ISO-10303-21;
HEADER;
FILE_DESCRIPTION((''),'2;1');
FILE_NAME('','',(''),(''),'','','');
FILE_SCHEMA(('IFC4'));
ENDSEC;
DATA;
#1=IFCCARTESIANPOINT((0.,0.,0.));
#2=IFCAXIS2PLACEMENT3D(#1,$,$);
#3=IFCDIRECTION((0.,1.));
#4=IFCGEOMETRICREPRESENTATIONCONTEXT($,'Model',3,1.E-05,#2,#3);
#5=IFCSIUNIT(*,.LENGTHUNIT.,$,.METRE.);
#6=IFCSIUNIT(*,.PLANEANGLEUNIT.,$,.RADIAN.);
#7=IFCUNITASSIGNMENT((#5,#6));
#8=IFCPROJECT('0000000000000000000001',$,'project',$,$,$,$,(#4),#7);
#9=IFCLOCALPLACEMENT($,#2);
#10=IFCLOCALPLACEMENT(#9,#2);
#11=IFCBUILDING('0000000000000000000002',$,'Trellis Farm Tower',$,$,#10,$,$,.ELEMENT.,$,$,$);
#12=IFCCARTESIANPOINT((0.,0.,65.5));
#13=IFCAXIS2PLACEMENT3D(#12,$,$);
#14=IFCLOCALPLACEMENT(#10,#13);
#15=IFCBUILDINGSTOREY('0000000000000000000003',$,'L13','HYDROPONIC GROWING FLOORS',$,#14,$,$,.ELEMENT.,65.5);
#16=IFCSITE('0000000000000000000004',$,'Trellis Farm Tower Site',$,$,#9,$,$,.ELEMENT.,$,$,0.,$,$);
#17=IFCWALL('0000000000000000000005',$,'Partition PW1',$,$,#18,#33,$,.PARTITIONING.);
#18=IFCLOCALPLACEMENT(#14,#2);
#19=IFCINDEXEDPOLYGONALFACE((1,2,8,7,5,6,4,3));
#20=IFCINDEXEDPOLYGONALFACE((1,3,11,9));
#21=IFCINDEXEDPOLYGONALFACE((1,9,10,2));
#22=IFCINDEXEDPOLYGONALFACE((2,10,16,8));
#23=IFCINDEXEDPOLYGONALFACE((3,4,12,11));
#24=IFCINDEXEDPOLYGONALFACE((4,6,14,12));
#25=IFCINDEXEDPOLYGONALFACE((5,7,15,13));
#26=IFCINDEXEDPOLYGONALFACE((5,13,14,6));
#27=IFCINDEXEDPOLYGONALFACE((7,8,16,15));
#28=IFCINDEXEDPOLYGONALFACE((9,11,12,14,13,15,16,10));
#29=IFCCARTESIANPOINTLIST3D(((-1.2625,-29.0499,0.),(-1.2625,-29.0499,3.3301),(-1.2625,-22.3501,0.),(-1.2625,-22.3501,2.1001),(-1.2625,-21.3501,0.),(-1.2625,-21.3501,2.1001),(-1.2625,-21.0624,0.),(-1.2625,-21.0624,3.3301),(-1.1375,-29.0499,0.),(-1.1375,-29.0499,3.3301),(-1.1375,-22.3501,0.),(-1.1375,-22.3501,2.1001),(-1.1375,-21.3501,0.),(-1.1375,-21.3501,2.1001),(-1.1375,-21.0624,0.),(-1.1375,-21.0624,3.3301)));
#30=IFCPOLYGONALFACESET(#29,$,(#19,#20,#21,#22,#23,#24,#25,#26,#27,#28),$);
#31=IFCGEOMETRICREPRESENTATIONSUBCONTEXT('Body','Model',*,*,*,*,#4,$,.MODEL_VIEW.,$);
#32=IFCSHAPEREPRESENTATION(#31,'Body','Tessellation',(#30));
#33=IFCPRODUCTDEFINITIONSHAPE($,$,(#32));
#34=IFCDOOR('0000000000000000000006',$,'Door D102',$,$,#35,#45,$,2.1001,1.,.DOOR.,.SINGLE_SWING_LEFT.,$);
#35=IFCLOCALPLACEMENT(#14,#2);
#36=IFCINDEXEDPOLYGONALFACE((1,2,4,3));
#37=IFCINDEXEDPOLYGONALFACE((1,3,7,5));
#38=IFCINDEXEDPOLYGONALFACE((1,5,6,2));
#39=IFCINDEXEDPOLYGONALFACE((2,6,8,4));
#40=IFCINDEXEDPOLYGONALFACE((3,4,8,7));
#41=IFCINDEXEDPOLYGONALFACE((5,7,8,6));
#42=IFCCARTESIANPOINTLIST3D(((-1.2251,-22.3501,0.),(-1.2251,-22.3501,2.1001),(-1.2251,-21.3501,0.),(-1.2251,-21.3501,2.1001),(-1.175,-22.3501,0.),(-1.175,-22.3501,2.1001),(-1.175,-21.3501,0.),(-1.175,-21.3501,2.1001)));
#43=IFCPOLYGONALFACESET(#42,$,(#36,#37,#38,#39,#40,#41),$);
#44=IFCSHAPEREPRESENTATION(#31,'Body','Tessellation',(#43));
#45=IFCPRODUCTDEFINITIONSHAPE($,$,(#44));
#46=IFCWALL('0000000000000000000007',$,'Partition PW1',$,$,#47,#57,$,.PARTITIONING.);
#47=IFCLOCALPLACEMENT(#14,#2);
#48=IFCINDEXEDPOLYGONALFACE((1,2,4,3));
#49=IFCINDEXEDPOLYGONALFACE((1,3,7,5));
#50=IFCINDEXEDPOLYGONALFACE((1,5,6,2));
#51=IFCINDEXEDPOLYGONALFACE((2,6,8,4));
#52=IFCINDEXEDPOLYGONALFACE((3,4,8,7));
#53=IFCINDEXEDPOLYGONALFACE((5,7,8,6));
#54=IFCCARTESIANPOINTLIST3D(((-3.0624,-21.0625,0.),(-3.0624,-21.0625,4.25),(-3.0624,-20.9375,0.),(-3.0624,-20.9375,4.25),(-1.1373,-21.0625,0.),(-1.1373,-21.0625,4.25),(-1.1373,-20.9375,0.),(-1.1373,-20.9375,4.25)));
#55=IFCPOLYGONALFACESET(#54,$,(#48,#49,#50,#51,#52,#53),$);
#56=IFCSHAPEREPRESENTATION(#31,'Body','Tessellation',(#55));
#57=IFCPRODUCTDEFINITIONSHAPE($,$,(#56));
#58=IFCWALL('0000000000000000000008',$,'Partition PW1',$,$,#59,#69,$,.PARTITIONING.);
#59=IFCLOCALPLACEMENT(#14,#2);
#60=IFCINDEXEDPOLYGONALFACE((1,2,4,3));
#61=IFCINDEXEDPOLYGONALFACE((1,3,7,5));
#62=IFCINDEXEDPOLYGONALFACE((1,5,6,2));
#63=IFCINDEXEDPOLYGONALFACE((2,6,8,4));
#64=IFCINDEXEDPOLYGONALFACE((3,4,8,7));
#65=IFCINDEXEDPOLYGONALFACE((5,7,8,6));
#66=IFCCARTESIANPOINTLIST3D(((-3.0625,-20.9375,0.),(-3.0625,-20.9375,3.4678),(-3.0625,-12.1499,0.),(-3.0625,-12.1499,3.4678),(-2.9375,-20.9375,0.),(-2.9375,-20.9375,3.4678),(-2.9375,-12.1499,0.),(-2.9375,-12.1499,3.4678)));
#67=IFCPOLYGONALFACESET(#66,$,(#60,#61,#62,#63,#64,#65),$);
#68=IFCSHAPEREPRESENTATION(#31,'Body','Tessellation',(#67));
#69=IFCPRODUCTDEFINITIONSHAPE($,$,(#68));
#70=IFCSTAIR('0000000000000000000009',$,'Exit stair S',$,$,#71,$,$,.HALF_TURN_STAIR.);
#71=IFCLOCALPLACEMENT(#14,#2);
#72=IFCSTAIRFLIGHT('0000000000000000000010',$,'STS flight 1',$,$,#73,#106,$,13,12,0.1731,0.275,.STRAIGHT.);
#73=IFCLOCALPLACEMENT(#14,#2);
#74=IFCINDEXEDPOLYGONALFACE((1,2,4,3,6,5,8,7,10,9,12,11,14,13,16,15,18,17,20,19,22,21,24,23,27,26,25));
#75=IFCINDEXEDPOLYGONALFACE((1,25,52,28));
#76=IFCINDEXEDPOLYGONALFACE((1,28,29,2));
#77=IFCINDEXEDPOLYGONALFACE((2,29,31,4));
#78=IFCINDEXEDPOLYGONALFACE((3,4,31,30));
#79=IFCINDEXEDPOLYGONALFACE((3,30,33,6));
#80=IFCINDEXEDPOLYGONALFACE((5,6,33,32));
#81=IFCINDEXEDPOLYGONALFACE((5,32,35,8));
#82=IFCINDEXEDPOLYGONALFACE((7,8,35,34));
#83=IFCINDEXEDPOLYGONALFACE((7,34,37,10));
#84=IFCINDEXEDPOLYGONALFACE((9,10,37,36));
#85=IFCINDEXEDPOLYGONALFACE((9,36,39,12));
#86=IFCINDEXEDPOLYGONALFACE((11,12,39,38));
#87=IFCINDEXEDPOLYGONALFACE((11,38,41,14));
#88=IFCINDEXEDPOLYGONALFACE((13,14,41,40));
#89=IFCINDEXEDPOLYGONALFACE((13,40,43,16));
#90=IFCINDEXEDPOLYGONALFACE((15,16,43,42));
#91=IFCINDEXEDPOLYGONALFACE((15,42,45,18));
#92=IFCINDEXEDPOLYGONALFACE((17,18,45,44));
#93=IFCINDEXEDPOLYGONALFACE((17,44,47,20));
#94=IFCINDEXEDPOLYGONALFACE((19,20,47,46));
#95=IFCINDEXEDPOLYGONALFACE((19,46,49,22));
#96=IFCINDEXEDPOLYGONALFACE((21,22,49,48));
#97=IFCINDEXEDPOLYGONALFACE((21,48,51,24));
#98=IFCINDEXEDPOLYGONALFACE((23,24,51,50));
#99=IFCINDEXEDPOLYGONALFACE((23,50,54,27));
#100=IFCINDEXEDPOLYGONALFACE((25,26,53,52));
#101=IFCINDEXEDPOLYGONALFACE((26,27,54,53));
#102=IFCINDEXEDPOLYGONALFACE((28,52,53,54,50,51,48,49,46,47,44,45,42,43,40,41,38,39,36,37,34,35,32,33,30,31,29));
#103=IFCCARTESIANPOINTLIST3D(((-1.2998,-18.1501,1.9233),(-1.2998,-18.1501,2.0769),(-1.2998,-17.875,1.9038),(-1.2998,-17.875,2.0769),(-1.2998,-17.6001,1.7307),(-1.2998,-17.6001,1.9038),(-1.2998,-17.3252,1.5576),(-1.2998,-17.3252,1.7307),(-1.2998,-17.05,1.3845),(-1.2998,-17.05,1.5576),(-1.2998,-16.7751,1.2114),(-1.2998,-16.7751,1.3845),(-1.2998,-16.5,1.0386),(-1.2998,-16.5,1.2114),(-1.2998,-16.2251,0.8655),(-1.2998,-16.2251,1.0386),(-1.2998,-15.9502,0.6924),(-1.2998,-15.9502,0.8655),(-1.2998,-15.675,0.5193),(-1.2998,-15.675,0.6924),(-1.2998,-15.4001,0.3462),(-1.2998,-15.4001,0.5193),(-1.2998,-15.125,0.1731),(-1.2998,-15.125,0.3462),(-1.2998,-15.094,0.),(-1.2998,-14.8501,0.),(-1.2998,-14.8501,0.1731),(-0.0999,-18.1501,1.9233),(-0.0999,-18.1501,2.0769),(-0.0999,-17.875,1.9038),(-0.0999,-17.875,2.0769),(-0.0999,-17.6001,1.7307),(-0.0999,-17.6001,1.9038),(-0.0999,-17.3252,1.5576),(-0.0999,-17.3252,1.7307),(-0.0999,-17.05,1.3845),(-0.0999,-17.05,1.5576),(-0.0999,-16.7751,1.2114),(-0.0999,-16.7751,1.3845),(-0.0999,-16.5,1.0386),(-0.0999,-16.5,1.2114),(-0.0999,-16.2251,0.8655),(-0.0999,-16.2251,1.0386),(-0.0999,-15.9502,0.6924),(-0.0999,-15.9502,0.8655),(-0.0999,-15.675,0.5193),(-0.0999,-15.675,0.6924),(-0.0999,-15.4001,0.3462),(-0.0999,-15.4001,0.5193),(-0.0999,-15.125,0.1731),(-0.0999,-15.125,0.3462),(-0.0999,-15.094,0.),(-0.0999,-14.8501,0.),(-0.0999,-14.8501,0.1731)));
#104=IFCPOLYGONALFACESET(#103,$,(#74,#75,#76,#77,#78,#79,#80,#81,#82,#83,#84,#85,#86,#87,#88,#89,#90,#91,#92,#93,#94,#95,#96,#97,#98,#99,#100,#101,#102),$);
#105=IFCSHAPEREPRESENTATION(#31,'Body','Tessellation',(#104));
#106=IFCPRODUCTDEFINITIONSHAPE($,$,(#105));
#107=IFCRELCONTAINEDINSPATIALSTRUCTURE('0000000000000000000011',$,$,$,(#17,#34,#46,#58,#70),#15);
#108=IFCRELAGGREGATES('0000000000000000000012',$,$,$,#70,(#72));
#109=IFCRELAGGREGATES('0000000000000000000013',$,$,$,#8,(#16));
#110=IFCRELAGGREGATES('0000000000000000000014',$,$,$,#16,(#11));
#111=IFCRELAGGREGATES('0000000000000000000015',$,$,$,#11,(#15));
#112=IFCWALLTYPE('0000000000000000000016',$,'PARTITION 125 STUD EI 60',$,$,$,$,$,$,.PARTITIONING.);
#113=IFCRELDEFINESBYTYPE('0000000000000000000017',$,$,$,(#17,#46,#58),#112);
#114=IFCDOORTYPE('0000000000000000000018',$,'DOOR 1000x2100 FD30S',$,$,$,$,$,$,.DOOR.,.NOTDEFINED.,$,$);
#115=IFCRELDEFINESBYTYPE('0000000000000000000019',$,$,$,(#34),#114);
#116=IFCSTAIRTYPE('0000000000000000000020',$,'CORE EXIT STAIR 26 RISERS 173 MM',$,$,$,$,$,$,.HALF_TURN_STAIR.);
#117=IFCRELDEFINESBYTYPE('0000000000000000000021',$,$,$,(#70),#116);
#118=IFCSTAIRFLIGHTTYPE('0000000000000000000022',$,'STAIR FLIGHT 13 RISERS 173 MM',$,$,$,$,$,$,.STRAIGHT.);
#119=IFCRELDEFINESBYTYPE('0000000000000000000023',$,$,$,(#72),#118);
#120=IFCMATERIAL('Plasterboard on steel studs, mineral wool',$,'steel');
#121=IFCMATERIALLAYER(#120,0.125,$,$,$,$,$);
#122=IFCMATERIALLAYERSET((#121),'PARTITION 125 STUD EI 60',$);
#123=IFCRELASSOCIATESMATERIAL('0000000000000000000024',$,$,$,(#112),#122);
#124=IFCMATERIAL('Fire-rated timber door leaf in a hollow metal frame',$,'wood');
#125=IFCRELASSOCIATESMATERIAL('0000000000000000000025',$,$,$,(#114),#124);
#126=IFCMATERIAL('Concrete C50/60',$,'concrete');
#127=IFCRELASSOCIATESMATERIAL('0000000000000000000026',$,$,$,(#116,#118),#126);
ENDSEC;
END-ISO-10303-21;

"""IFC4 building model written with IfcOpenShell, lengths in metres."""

from ifc_helpers import new_model, si_unit, direction, frame, frame_2d, origin, place, context, subcontext, project, spatial, polyline, rectangle, outline, extrude, source, transform, mapped, material, layer, layer_set, type_object, element, fill, aggregate, save


model = new_model("IFC4")

# Units and contexts
model_context = context("Model", 3, precision=1e-05, world=origin(), true_north=direction((0.0, 1.0)))
body_context = subcontext(model_context, "Body", "Model", "MODEL_VIEW")
ifc_project = project(units=[si_unit("LENGTHUNIT", "METRE"), si_unit("PLANEANGLEUNIT", "RADIAN")], contexts=[model_context])

# Site, building, storey
site_placement = place(None, origin())
site = spatial("IfcSite", under=ifc_project, at=site_placement, Name="Trellis Farm Tower Site", CompositionType="ELEMENT", RefElevation=0.0)
building_placement = place(site_placement, origin())
building = spatial("IfcBuilding", under=site, at=building_placement, Name="Trellis Farm Tower", CompositionType="ELEMENT")
storey_placement = place(building_placement, frame((0.0, 0.0, 65.5)))
storey = spatial("IfcBuildingStorey", under=building, at=storey_placement, Name="L13", Description="HYDROPONIC GROWING FLOORS", CompositionType="ELEMENT", Elevation=65.5)

# Shared definitions
placement = place(storey_placement, origin())

# Shared definitions
ifc_material_1 = material(Name="Plasterboard on steel studs, mineral wool", Category="steel")
ifc_layer_1 = layer(ifc_material_1, 0.125)
ifc_layer_set_1 = layer_set([ifc_layer_1], Name="PARTITION 125 STUD EI 60")
wall_type_1 = type_object("IfcWallType", Name="PARTITION 125 STUD EI 60", PredefinedType="PARTITIONING", material=ifc_layer_set_1)

# Wall, opening, door
shared_shape_1 = source(origin(), body_context, "Body", "SweptSolid", [
    extrude(rectangle(XDim=7.9875, YDim=0.125, at=frame_2d((3.9937, 0.0))), origin(), (0.0, 0.0, 1.0), 3.3301),
])
wall_1_placement = place(storey_placement, frame((-1.2, -21.0625, 0.0), z_axis=(0.0, 0.0, 1.0), x_axis=(0.0, -1.0, 0.0)))
wall_1 = element("IfcWall", 1, at=wall_1_placement, inside=storey, type_object=wall_type_1, Name="Partition PW1", PredefinedType="PARTITIONING", context=body_context, shape_type="MappedRepresentation", body=[
    mapped(shared_shape_1, transform((0.0, 0.0, 0.0))),
])
shared_shape_2 = source(origin(), body_context, "Body", "SweptSolid", [
    extrude(rectangle(XDim=1.0, YDim=2.1001, at=frame_2d((0.5, 1.05))), frame((0.0, 0.0725, 0.0), z_axis=(0.0, -1.0, 0.0), x_axis=(1.0, 0.0, 0.0)), (0.0, 0.0, 1.0), 0.145),
])
opening_placement = place(wall_1_placement, frame((0.2876, 0.0, 0.0)))
opening = element("IfcOpeningElement", 2, at=opening_placement, cuts=wall_1, PredefinedType="OPENING", context=body_context, shape_type="MappedRepresentation", body=[
    mapped(shared_shape_2, transform((0.0, 0.0, 0.0))),
])
ifc_material_2 = material(Name="Fire-rated timber door leaf in a hollow metal frame", Category="wood")
door_type = type_object("IfcDoorType", Name="DOOR 1000x2100 FD30S", OperationType="NOTDEFINED", PredefinedType="DOOR", material=ifc_material_2)
shared_shape_3 = source(origin(), body_context, "Body", "SweptSolid", [
    extrude(rectangle(XDim=1.0, YDim=2.1001, at=frame_2d((0.5, 1.05))), frame((0.0, 0.0249, 0.0), z_axis=(0.0, -1.0, 0.0), x_axis=(1.0, 0.0, 0.0)), (0.0, 0.0, 1.0), 0.05),
])
door_placement = place(opening_placement, origin())
door = element("IfcDoor", 3, at=door_placement, inside=storey, type_object=door_type, Name="Door D102", OperationType="SINGLE_SWING_LEFT", OverallHeight=2.1001, OverallWidth=1.0, PredefinedType="DOOR", context=body_context, shape_type="MappedRepresentation", body=[
    mapped(shared_shape_3, transform((0.0, 0.0, 0.0))),
])
fill(opening, door)

# Walls
shared_shape_4 = source(origin(), body_context, "Body", "SweptSolid", [
    extrude(rectangle(XDim=1.925, YDim=0.125, at=frame_2d((0.9624, 0.0))), origin(), (0.0, 0.0, 1.0), 4.25),
])
wall_2_placement = place(storey_placement, frame((-1.1375, -21.0, 0.0), z_axis=(0.0, 0.0, 1.0), x_axis=(-1.0, 0.0, 0.0)))
element("IfcWall", 4, at=wall_2_placement, inside=storey, type_object=wall_type_1, Name="Partition PW1", PredefinedType="PARTITIONING", context=body_context, shape_type="MappedRepresentation", body=[
    mapped(shared_shape_4, transform((0.0, 0.0, 0.0))),
])
shared_shape_5 = source(origin(), body_context, "Body", "SweptSolid", [
    extrude(rectangle(XDim=8.7876, YDim=0.125, at=frame_2d((4.3938, 0.0))), origin(), (0.0, 0.0, 1.0), 3.4678),
])
wall_3_placement = place(storey_placement, frame((-3.0, -20.9375, 0.0), z_axis=(0.0, 0.0, 1.0), x_axis=(0.0, 1.0, 0.0)))
element("IfcWall", 5, at=wall_3_placement, inside=storey, type_object=wall_type_1, Name="Partition PW1", PredefinedType="PARTITIONING", context=body_context, shape_type="MappedRepresentation", body=[
    mapped(shared_shape_5, transform((0.0, 0.0, 0.0))),
])

# Stair, stair flight
ifc_material_3 = material(Name="Concrete C50/60", Category="concrete")
stair_type = type_object("IfcStairType", Name="CORE EXIT STAIR 26 RISERS 173 MM", PredefinedType="HALF_TURN_STAIR", material=ifc_material_3)
stair = element("IfcStair", 6, at=placement, inside=storey, type_object=stair_type, Name="Exit stair S", PredefinedType="HALF_TURN_STAIR")
stair_flight_type = type_object("IfcStairFlightType", Name="STAIR FLIGHT 13 RISERS 173 MM", PredefinedType="STRAIGHT", material=ifc_material_3)
shared_shape_6 = source(origin(), body_context, "Body", "SweptSolid", [
    extrude(outline(polyline([(0.0, 0.0), (0.0, 0.1731), (0.2749, 0.1731), (0.2749, 0.3462), (0.55, 0.3462), (0.55, 0.5193), (0.825, 0.5193), (0.825, 0.6924), (1.1001, 0.6924), (1.1001, 0.8655), (1.375, 0.8655), (1.375, 1.0386), (1.6499, 1.0386), (1.6499, 1.2114), (1.925, 1.2114), (1.925, 1.3845), (2.2, 1.3845), (2.2, 1.5576), (2.4751, 1.5576), (2.4751, 1.7307), (2.75, 1.7307), (2.75, 1.9038), (3.0249, 1.9038), (3.0249, 2.0769), (3.3, 2.0769), (3.3, 2.25), (3.3, 1.9233), (0.2439, 0.0), (0.0, 0.0)])), frame((0.0, 0.6001, 0.0), z_axis=(0.0, -1.0, 0.0), x_axis=(1.0, 0.0, 0.0)), (0.0, 0.0, 1.0), 1.2),
])
stair_flight_placement = place(storey_placement, frame((-0.7, -14.8501, 0.0), z_axis=(0.0, 0.0, 1.0), x_axis=(0.0, -1.0, 0.0)))
stair_flight = element("IfcStairFlight", 7, at=stair_flight_placement, type_object=stair_flight_type, Name="STS flight 1", NumberOfRisers=13, NumberOfTreads=12, PredefinedType="STRAIGHT", RiserHeight=0.1731, TreadLength=0.275, context=body_context, shape_type="MappedRepresentation", body=[
    mapped(shared_shape_6, transform((0.0, 0.0, 0.0))),
])
aggregate(stair, [stair_flight])

save(model, "model.ifc")
